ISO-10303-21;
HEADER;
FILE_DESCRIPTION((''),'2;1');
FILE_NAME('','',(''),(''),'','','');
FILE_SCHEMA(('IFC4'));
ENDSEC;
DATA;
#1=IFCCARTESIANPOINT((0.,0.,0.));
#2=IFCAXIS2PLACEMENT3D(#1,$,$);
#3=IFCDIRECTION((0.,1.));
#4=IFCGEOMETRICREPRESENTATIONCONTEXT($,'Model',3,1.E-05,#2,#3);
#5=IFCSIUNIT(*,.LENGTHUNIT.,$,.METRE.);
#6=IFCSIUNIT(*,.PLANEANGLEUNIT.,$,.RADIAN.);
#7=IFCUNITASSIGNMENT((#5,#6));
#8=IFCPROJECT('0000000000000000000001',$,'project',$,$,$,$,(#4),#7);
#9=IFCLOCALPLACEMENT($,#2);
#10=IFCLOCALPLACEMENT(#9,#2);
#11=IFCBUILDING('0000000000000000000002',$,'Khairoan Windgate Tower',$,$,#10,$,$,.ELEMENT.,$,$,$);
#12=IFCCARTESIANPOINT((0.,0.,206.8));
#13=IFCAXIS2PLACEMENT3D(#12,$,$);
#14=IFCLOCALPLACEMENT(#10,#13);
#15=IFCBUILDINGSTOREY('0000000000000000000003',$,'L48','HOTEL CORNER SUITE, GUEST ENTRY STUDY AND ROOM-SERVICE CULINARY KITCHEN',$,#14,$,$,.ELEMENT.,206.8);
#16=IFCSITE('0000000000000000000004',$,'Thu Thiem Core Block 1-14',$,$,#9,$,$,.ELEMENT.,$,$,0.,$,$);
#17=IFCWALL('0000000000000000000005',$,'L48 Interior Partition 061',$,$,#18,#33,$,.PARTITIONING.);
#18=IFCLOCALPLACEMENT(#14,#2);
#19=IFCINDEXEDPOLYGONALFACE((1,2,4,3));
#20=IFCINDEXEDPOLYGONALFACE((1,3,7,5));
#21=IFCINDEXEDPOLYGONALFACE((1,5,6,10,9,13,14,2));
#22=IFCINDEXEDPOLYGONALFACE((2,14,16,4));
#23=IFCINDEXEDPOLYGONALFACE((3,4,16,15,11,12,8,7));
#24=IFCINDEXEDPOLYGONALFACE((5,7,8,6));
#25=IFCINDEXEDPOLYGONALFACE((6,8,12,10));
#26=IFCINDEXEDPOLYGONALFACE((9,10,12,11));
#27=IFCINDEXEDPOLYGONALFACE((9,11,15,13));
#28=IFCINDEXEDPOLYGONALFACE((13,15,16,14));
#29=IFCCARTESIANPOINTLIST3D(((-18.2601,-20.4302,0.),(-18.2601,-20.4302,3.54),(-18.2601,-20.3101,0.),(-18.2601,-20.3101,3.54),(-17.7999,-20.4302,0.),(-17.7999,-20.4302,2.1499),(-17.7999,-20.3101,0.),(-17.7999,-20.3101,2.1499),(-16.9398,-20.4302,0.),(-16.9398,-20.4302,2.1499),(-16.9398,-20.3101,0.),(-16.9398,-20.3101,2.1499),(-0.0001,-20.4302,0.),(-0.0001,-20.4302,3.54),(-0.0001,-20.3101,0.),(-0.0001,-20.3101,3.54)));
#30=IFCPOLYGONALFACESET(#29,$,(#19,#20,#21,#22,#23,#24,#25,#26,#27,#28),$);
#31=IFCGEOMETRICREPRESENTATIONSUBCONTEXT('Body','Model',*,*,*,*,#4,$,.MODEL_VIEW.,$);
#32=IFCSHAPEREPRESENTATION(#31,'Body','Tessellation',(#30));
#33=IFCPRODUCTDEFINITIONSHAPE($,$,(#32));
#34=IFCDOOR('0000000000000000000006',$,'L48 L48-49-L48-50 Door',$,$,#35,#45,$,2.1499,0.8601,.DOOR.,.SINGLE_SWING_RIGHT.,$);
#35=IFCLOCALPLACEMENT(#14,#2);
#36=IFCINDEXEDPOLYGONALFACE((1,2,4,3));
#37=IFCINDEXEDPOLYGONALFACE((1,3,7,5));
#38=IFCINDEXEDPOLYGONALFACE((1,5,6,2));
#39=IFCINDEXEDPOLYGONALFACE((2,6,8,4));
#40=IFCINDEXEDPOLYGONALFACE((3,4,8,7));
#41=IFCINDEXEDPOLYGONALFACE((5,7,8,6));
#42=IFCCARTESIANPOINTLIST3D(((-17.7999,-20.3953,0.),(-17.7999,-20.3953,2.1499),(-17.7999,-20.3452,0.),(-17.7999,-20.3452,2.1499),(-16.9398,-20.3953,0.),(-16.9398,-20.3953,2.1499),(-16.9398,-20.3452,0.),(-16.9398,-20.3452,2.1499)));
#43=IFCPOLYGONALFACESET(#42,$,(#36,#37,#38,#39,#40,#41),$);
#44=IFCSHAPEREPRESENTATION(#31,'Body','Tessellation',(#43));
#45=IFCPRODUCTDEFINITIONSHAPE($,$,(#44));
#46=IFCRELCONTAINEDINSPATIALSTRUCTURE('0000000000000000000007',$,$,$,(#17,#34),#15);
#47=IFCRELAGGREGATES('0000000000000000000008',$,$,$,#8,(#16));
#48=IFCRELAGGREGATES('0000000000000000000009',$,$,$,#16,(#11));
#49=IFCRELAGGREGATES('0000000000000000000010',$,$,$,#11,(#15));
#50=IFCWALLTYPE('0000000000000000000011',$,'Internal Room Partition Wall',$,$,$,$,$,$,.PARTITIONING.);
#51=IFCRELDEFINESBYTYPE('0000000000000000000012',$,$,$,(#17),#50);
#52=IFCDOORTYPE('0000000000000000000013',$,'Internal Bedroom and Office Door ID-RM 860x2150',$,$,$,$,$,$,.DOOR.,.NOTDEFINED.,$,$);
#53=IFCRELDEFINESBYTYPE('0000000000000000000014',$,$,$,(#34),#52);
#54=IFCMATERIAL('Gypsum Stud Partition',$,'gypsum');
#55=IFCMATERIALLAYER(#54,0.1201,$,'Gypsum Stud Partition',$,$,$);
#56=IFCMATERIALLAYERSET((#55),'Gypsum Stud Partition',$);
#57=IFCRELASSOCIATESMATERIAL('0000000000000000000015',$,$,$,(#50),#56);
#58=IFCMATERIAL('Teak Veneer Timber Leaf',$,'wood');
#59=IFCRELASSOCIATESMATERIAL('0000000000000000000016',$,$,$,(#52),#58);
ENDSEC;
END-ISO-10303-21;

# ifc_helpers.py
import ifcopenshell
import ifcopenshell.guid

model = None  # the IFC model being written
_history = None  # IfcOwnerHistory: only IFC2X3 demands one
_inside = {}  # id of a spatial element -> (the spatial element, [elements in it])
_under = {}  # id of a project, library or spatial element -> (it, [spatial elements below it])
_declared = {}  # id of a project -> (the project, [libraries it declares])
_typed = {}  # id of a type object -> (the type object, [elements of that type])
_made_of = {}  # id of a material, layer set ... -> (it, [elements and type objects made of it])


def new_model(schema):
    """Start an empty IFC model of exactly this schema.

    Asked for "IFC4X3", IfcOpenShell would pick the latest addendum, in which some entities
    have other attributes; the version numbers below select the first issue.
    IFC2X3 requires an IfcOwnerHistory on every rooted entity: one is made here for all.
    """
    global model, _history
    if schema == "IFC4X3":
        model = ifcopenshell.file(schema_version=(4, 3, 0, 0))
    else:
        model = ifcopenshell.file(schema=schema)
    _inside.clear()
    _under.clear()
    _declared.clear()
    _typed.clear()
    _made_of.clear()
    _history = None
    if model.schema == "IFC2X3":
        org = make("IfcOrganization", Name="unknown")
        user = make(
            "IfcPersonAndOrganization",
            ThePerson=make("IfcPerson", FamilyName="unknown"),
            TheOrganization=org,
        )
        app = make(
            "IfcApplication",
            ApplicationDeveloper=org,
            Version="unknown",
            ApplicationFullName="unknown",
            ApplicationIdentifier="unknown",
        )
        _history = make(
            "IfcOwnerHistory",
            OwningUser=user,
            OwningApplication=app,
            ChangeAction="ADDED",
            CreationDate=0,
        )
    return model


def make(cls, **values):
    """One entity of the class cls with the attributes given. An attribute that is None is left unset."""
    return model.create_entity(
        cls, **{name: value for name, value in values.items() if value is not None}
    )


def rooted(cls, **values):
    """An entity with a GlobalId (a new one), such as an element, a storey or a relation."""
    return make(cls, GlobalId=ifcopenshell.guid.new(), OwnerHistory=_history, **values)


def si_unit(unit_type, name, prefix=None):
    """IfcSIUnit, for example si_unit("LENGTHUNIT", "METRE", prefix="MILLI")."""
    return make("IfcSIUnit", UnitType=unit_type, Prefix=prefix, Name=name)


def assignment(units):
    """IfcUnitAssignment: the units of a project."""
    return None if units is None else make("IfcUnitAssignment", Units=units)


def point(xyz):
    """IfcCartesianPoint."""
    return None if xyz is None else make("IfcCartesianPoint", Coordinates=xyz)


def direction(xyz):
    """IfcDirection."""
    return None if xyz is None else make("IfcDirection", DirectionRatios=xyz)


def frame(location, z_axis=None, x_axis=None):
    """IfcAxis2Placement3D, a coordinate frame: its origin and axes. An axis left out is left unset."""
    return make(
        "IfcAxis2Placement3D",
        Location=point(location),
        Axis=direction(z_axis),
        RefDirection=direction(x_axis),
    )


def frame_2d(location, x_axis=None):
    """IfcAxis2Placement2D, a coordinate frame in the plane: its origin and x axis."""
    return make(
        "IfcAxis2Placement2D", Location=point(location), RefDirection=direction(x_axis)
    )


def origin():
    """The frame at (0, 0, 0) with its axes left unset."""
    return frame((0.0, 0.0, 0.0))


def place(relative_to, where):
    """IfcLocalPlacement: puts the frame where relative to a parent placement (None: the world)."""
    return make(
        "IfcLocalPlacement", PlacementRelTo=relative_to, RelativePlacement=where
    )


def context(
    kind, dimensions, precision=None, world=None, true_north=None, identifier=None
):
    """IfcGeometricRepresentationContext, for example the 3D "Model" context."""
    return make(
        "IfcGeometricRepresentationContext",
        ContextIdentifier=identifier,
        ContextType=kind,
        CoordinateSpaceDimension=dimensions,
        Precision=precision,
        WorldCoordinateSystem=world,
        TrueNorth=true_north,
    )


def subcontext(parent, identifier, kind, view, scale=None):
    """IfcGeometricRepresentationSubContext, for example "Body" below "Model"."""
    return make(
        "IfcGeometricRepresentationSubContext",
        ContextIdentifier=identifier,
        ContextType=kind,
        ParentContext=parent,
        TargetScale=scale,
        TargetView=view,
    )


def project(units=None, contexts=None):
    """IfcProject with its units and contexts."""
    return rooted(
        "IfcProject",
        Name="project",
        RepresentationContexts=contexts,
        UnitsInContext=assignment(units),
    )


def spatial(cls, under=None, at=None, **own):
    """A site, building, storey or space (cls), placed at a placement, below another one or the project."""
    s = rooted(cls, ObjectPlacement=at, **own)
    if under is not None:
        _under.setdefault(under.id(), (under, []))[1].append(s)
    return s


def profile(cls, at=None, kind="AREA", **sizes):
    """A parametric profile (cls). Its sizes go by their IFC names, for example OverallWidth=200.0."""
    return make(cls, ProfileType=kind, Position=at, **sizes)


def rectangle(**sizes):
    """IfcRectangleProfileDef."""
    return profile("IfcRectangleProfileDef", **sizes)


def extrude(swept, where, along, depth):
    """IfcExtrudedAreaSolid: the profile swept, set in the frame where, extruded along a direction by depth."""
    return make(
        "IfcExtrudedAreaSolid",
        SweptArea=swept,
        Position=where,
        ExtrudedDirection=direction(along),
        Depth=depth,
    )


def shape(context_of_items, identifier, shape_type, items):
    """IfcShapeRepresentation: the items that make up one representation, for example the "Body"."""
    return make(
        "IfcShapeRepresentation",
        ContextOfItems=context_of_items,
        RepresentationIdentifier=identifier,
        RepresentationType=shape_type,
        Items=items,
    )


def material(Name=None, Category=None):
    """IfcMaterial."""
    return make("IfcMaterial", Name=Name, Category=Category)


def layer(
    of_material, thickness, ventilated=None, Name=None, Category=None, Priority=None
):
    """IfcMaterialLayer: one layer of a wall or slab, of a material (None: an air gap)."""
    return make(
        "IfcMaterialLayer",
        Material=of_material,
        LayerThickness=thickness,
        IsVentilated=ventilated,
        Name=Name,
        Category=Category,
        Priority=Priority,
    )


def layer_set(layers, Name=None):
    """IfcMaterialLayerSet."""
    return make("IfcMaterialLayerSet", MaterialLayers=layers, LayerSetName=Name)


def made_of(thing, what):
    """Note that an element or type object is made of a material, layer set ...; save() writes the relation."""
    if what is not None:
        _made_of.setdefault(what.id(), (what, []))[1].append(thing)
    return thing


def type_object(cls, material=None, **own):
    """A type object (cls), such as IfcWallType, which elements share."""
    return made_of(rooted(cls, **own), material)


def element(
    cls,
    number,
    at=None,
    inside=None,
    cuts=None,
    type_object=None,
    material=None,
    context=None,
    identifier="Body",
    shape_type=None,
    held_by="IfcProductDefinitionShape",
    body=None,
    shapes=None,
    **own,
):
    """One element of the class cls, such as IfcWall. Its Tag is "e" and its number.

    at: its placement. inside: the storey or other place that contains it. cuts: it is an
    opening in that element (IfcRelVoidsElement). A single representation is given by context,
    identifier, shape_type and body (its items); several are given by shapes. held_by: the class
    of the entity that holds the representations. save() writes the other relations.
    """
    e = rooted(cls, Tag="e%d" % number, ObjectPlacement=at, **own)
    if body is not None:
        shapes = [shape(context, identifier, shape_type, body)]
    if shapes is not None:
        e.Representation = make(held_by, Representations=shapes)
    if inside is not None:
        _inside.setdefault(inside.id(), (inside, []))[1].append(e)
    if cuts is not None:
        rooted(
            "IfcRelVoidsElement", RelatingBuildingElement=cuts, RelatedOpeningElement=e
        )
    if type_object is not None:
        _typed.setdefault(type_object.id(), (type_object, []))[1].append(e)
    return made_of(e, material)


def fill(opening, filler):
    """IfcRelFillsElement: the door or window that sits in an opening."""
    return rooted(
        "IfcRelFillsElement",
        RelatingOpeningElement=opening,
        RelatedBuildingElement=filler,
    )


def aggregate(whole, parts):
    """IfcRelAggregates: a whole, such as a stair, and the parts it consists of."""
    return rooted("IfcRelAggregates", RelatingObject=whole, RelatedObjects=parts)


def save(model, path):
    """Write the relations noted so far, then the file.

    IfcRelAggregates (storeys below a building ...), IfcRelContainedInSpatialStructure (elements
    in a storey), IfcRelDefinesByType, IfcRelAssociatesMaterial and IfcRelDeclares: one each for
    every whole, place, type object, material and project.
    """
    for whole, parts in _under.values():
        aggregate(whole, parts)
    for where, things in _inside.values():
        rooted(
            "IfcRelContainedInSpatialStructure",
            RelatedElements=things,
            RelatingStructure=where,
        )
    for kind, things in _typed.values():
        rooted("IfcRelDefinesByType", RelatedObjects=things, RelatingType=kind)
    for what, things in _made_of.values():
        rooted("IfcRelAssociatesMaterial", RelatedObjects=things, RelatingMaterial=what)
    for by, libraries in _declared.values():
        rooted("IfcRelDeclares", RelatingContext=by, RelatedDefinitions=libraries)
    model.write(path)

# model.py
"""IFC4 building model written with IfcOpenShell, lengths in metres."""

from ifc_helpers import new_model, si_unit, direction, frame, frame_2d, origin, place, context, subcontext, project, spatial, rectangle, extrude, material, layer, layer_set, type_object, element, fill, save


model = new_model("IFC4")

# Units and contexts
model_context = context("Model", 3, precision=1e-05, world=origin(), true_north=direction((0.0, 1.0)))
body_context = subcontext(model_context, "Body", "Model", "MODEL_VIEW")
ifc_project = project(units=[si_unit("LENGTHUNIT", "METRE"), si_unit("PLANEANGLEUNIT", "RADIAN")], contexts=[model_context])

# Site, building, storey
site_placement = place(None, origin())
site = spatial("IfcSite", under=ifc_project, at=site_placement, Name="Thu Thiem Core Block 1-14", CompositionType="ELEMENT", RefElevation=0.0)
building_placement = place(site_placement, origin())
building = spatial("IfcBuilding", under=site, at=building_placement, Name="Khairoan Windgate Tower", CompositionType="ELEMENT")
storey_placement = place(building_placement, frame((0.0, 0.0, 206.8)))
storey = spatial("IfcBuildingStorey", under=building, at=storey_placement, Name="L48", Description="HOTEL CORNER SUITE, GUEST ENTRY STUDY AND ROOM-SERVICE CULINARY KITCHEN", CompositionType="ELEMENT", Elevation=206.8)

# Wall, opening, door
ifc_material_1 = material(Name="Gypsum Stud Partition", Category="gypsum")
ifc_layer_1 = layer(ifc_material_1, 0.1201, Name="Gypsum Stud Partition")
ifc_layer_set_1 = layer_set([ifc_layer_1], Name="Gypsum Stud Partition")
wall_type_1 = type_object("IfcWallType", Name="Internal Room Partition Wall", PredefinedType="PARTITIONING", material=ifc_layer_set_1)
wall_1_placement = place(storey_placement, frame((-18.26, -20.3701, 0.0), z_axis=(0.0, 0.0, 1.0), x_axis=(1.0, 0.0, 0.0)))
wall_1 = element("IfcWall", 1, at=wall_1_placement, inside=storey, type_object=wall_type_1, Name="L48 Interior Partition 061", PredefinedType="PARTITIONING", context=body_context, shape_type="SweptSolid", body=[
    extrude(rectangle(XDim=18.26, YDim=0.1201, at=frame_2d((9.1299, 0.0))), origin(), (0.0, 0.0, 1.0), 3.54),
])
opening_1_placement = place(wall_1_placement, frame((0.46, 0.0, 0.0)))
opening_1 = element("IfcOpeningElement", 2, at=opening_1_placement, cuts=wall_1, PredefinedType="OPENING", context=body_context, shape_type="SweptSolid", body=[
    extrude(rectangle(XDim=0.8601, YDim=2.1499, at=frame_2d((0.4302, 1.075))), frame((0.0, 0.0701, 0.0), z_axis=(0.0, -1.0, 0.0), x_axis=(1.0, 0.0, 0.0)), (0.0, 0.0, 1.0), 0.1401),
])
ifc_material_2 = material(Name="Teak Veneer Timber Leaf", Category="wood")
door_type_1 = type_object("IfcDoorType", Name="Internal Bedroom and Office Door ID-RM 860x2150", OperationType="NOTDEFINED", PredefinedType="DOOR", material=ifc_material_2)
door_1_placement = place(opening_1_placement, origin())
door_1 = element("IfcDoor", 3, at=door_1_placement, inside=storey, type_object=door_type_1, Name="L48 L48-49-L48-50 Door", OperationType="SINGLE_SWING_RIGHT", OverallHeight=2.1499, OverallWidth=0.8601, PredefinedType="DOOR", context=body_context, shape_type="SweptSolid", body=[
    extrude(rectangle(XDim=0.8601, YDim=2.1499, at=frame_2d((0.4302, 1.075))), frame((0.0, 0.0249, 0.0), z_axis=(0.0, -1.0, 0.0), x_axis=(1.0, 0.0, 0.0)), (0.0, 0.0, 1.0), 0.05),
])
fill(opening_1, door_1)

save(model, "model.ifc")
